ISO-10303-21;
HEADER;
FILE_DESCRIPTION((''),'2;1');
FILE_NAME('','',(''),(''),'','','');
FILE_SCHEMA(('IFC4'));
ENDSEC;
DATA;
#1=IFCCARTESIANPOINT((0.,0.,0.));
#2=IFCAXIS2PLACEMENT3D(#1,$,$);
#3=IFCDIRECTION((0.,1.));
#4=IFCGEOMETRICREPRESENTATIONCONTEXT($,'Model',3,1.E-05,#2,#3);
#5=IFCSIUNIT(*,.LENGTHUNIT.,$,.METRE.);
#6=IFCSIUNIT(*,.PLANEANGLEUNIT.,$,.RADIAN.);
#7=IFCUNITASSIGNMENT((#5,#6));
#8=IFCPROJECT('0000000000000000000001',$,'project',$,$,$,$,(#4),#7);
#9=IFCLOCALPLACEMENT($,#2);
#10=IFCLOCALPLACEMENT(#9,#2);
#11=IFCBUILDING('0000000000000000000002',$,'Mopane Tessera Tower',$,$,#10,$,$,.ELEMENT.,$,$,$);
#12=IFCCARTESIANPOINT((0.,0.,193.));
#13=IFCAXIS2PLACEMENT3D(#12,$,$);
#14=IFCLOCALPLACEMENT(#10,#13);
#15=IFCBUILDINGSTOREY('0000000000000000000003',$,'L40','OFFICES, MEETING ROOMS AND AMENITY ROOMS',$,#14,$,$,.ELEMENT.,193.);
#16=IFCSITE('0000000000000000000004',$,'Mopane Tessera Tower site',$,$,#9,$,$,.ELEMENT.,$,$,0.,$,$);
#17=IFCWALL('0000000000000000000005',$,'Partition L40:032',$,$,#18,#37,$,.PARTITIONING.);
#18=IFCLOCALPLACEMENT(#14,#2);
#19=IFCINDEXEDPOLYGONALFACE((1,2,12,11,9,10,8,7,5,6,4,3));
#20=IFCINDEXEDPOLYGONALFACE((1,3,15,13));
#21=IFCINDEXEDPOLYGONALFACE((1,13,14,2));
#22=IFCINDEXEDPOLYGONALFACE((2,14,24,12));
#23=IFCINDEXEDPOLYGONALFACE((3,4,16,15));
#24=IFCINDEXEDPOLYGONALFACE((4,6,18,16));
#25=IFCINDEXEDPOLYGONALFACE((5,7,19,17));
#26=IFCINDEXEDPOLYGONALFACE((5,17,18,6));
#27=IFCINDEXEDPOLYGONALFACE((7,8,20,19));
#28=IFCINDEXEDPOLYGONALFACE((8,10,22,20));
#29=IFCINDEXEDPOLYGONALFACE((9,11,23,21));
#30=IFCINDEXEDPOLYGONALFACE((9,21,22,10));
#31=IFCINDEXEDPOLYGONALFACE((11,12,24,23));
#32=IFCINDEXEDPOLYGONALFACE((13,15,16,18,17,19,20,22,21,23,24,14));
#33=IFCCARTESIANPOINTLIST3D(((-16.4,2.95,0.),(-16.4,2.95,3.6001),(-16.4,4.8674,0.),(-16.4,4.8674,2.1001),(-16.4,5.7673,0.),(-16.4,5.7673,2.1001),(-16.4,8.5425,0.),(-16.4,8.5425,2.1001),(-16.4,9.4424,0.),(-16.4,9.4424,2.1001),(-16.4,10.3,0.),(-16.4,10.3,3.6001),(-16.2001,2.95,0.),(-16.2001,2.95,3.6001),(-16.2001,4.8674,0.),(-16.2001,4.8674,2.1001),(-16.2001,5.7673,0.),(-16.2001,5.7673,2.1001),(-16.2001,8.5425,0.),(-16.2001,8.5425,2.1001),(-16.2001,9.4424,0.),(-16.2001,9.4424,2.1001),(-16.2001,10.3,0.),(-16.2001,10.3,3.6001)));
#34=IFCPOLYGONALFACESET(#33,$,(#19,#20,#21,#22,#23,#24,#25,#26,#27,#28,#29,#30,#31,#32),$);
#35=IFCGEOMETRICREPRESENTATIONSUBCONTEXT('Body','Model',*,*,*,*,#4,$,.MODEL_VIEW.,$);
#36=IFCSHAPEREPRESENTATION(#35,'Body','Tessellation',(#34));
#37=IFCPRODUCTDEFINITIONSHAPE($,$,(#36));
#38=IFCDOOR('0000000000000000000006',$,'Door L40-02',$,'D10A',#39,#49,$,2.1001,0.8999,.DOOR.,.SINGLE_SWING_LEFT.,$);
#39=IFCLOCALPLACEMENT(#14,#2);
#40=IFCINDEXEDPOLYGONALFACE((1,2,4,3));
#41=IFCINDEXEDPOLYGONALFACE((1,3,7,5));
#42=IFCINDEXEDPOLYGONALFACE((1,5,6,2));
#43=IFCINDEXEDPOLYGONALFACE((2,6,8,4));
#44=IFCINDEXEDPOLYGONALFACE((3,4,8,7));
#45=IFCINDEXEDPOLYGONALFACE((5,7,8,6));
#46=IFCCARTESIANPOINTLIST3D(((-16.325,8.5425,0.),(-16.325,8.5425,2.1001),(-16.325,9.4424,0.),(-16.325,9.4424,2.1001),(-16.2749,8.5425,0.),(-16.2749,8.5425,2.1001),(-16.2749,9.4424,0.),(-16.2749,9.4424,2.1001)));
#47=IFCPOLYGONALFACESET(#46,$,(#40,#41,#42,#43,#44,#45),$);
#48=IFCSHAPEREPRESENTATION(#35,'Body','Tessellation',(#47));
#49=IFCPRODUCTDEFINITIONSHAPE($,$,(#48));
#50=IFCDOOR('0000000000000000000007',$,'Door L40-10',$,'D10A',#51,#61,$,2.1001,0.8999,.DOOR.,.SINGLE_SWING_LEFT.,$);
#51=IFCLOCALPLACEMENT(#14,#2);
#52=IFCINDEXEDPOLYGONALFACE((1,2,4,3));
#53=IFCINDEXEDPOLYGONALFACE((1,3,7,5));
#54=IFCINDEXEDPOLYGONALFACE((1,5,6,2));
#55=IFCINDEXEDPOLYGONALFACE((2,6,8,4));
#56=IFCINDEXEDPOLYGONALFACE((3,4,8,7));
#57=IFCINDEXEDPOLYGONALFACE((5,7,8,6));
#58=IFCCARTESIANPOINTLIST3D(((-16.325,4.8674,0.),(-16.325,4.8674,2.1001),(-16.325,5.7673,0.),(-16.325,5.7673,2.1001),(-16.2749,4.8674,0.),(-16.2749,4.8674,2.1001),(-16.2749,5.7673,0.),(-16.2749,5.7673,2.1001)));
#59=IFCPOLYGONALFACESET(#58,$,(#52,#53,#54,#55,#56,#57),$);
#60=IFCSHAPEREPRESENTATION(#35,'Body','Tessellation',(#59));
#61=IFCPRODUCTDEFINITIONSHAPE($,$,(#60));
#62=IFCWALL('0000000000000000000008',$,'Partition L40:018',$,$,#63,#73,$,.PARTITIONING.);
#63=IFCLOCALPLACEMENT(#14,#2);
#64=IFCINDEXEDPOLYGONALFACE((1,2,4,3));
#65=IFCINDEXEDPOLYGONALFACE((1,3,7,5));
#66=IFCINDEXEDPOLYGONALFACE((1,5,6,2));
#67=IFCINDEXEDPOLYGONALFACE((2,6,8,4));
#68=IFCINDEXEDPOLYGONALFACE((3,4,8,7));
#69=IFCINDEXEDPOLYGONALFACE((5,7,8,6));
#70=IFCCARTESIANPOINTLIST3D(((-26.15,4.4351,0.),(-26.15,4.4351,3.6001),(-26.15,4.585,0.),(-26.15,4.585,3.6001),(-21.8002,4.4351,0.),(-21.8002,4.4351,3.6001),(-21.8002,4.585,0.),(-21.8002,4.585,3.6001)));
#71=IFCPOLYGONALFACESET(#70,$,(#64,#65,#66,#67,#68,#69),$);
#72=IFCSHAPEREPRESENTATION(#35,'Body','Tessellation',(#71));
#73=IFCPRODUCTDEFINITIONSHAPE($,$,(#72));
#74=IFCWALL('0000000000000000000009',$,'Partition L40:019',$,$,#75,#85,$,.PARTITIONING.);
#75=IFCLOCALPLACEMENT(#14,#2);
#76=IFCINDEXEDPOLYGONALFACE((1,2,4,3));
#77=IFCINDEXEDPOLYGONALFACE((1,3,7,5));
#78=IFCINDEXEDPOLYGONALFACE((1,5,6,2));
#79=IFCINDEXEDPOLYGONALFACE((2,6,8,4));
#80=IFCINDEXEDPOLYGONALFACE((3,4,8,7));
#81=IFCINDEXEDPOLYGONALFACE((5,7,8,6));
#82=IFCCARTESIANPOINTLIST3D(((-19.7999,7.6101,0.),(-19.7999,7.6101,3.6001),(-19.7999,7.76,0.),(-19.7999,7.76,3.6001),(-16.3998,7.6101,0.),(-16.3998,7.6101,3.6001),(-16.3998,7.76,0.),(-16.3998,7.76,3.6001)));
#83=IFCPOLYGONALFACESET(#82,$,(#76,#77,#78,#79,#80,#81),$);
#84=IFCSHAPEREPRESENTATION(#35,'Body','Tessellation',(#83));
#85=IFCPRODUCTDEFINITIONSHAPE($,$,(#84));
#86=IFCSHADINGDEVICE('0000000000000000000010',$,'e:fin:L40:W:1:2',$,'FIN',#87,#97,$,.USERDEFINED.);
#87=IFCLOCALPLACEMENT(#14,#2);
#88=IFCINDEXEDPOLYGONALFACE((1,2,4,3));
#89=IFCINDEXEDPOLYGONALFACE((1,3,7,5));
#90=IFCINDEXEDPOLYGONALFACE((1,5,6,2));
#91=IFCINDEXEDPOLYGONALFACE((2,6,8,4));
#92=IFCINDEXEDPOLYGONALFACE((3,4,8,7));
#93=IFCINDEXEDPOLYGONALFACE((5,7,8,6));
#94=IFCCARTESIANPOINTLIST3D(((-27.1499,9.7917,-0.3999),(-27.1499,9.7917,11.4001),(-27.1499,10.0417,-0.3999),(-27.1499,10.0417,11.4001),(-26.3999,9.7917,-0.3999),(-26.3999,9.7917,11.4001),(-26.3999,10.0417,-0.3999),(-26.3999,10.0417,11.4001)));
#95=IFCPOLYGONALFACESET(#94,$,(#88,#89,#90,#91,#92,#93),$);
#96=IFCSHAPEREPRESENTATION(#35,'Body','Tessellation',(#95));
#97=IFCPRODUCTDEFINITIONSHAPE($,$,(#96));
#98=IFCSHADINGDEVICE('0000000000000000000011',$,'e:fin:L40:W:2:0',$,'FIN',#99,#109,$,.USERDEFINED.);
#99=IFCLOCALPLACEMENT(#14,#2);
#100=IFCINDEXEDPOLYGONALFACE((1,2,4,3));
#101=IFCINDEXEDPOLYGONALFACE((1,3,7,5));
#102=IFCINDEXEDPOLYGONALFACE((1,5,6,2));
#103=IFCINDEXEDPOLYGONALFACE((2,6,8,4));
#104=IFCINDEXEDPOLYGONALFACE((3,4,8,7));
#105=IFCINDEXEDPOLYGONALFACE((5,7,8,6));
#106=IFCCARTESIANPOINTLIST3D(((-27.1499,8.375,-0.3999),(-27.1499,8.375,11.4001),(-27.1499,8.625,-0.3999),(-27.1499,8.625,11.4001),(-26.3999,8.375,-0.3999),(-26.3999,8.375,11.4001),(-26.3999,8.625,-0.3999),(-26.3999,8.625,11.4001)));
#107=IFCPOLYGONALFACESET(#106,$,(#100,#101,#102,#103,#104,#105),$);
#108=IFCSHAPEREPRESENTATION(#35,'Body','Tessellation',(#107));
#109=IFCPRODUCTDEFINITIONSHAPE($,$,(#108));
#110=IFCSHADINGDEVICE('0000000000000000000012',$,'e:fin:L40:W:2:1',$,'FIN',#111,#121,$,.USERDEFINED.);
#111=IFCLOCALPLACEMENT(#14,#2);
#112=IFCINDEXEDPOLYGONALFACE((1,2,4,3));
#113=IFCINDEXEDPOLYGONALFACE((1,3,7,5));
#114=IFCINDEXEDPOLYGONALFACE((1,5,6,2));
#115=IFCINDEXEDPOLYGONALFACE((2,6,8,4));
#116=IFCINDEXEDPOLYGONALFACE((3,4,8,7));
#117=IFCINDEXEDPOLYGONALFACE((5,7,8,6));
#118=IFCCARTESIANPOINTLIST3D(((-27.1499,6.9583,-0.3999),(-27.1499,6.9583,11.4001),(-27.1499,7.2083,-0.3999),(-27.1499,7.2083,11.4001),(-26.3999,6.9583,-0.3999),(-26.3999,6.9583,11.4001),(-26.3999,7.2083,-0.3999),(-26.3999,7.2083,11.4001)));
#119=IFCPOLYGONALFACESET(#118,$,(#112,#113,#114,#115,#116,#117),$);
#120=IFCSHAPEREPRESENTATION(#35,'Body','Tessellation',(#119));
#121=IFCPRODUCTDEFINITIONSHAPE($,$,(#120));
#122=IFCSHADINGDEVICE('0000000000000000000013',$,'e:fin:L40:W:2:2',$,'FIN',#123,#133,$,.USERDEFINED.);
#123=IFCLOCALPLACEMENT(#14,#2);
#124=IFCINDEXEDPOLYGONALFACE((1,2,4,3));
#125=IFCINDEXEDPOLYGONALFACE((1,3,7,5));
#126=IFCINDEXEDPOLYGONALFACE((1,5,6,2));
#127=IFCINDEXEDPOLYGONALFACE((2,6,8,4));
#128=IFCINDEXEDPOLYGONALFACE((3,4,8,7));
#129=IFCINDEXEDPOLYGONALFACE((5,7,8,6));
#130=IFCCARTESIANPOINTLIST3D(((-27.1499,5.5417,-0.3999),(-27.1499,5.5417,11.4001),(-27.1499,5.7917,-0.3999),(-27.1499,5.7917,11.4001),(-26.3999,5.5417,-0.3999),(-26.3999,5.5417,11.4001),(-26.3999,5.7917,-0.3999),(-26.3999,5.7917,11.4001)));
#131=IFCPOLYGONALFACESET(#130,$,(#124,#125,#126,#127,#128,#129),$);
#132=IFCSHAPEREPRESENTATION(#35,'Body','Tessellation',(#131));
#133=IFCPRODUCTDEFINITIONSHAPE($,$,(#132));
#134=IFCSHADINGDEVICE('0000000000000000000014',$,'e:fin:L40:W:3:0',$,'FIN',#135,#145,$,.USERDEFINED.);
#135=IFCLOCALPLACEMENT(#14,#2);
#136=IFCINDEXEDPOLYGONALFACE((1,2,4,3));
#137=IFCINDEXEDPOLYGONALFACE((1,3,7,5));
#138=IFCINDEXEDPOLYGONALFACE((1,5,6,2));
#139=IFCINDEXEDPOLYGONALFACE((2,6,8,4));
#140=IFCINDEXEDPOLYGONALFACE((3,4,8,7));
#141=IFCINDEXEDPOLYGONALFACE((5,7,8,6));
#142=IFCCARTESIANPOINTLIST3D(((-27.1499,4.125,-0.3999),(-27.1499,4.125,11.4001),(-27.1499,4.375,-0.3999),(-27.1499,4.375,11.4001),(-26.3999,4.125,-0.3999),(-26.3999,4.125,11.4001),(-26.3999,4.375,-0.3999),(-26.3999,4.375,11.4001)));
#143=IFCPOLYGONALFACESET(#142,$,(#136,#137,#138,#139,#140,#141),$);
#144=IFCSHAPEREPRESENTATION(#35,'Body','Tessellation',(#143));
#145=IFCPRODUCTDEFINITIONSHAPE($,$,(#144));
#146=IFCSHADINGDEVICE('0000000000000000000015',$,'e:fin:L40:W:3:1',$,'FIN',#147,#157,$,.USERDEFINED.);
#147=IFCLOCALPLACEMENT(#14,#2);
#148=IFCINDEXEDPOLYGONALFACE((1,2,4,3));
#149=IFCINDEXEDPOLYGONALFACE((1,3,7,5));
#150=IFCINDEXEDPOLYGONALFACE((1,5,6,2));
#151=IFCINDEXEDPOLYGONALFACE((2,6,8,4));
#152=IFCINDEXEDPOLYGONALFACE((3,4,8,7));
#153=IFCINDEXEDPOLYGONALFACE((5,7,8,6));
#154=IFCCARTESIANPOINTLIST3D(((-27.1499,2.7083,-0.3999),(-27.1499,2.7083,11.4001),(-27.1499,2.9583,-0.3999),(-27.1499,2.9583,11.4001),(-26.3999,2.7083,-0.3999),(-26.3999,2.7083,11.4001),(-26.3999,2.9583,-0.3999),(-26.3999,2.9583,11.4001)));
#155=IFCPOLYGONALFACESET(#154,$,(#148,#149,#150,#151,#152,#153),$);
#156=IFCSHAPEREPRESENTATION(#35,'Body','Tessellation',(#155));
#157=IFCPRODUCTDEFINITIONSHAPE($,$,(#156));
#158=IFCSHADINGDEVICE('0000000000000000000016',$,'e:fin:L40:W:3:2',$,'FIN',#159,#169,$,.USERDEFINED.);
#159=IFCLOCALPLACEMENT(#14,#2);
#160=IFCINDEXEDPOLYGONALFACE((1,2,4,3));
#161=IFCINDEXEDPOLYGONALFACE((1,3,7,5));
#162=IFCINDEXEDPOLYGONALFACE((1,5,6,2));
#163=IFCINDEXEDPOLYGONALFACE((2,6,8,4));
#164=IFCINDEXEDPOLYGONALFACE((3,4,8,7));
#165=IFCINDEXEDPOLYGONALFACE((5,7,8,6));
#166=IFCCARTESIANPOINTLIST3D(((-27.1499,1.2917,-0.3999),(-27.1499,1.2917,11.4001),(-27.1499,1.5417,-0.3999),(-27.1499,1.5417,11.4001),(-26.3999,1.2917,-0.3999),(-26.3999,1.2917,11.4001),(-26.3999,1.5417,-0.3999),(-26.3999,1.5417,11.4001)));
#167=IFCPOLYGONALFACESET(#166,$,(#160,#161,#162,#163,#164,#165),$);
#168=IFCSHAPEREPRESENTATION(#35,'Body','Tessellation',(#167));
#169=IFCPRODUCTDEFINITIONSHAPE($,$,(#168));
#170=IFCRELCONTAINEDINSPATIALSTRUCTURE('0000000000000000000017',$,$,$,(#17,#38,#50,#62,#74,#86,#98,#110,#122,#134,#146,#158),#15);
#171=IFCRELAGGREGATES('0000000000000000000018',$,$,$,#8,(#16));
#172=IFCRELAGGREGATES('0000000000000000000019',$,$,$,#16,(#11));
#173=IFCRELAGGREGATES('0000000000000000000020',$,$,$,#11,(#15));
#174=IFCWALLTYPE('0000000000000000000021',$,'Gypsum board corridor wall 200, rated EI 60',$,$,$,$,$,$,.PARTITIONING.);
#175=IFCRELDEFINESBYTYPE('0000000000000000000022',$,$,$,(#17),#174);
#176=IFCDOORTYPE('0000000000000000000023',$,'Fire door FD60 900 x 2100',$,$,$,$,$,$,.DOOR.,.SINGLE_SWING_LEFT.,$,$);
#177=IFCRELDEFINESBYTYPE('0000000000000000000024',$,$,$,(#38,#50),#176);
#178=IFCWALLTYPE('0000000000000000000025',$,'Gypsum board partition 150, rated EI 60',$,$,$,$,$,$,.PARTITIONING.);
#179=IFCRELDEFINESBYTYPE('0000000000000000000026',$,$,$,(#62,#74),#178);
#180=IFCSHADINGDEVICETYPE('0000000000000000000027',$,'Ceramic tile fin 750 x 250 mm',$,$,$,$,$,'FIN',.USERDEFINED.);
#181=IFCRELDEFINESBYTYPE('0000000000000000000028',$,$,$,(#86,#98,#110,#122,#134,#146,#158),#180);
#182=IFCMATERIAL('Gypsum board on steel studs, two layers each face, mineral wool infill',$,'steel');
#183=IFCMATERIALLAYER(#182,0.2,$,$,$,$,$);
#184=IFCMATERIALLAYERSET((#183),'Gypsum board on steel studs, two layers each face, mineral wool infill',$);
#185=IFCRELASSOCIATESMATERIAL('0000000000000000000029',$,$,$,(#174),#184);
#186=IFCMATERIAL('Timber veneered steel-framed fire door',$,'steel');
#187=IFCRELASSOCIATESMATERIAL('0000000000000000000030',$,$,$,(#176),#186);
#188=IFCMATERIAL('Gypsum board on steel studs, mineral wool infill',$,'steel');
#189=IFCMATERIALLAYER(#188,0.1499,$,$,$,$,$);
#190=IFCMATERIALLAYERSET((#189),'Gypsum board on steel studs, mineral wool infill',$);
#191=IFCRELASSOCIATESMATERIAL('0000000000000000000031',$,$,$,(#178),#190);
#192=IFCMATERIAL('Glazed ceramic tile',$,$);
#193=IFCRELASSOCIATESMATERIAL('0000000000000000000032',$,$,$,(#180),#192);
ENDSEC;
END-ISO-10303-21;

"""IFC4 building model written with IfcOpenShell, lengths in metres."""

from ifc_helpers import new_model, si_unit, direction, frame, frame_2d, origin, origin_2d, place, context, subcontext, project, spatial, rectangle, extrude, material, layer, layer_set, type_object, element, fill, save


model = new_model("IFC4")

# Units and contexts
model_context = context("Model", 3, precision=1e-05, world=origin(), true_north=direction((0.0, 1.0)))
body_context = subcontext(model_context, "Body", "Model", "MODEL_VIEW")
ifc_project = project(units=[si_unit("LENGTHUNIT", "METRE"), si_unit("PLANEANGLEUNIT", "RADIAN")], contexts=[model_context])

# Site, building, storey
site_placement = place(None, origin())
site = spatial("IfcSite", under=ifc_project, at=site_placement, Name="Mopane Tessera Tower site", CompositionType="ELEMENT", RefElevation=0.0)
building_placement = place(site_placement, origin())
building = spatial("IfcBuilding", under=site, at=building_placement, Name="Mopane Tessera Tower", CompositionType="ELEMENT")
storey_placement = place(building_placement, frame((0.0, 0.0, 193.0)))
storey = spatial("IfcBuildingStorey", under=building, at=storey_placement, Name="L40", Description="OFFICES, MEETING ROOMS AND AMENITY ROOMS", CompositionType="ELEMENT", Elevation=193.0)

# Shared definitions
ifc_material_1 = material(Name="Gypsum board on steel studs, two layers each face, mineral wool infill", Category="steel")
ifc_layer_1 = layer(ifc_material_1, 0.2)
ifc_layer_set_1 = layer_set([ifc_layer_1], Name="Gypsum board on steel studs, two layers each face, mineral wool infill")
wall_type_1 = type_object("IfcWallType", Name="Gypsum board corridor wall 200, rated EI 60", PredefinedType="PARTITIONING", material=ifc_layer_set_1)

# Wall, openings, doors
wall_1_placement = place(storey_placement, frame((-16.3, 2.95, 0.0), z_axis=(0.0, 0.0, 1.0), x_axis=(0.0, 1.0, 0.0)))
wall_1 = element("IfcWall", 1, at=wall_1_placement, inside=storey, type_object=wall_type_1, Name="Partition L40:032", PredefinedType="PARTITIONING", context=body_context, shape_type="SweptSolid", body=[
    extrude(rectangle(XDim=7.3501, YDim=0.2, at=frame_2d((3.675, 0.0))), origin(), (0.0, 0.0, 1.0), 3.6001),
])
opening_1_placement = place(wall_1_placement, frame((5.5925, 0.0, 0.0)))
opening_1 = element("IfcOpeningElement", 2, at=opening_1_placement, cuts=wall_1, PredefinedType="OPENING", context=body_context, shape_type="SweptSolid", body=[
    extrude(rectangle(XDim=0.8999, YDim=2.1001, at=frame_2d((0.45, 1.05))), frame((0.0, 0.1121, 0.0), z_axis=(0.0, -1.0, 0.0), x_axis=(1.0, 0.0, 0.0)), (0.0, 0.0, 1.0), 0.2239),
])
opening_2_placement = place(wall_1_placement, frame((1.9175, 0.0, 0.0)))
opening_2 = element("IfcOpeningElement", 3, at=opening_2_placement, cuts=wall_1, PredefinedType="OPENING", context=body_context, shape_type="SweptSolid", body=[
    extrude(rectangle(XDim=0.8999, YDim=2.1001, at=frame_2d((0.45, 1.05))), frame((0.0, 0.1121, 0.0), z_axis=(0.0, -1.0, 0.0), x_axis=(1.0, 0.0, 0.0)), (0.0, 0.0, 1.0), 0.2239),
])
ifc_material_2 = material(Name="Timber veneered steel-framed fire door", Category="steel")
door_type_1 = type_object("IfcDoorType", Name="Fire door FD60 900 x 2100", OperationType="SINGLE_SWING_LEFT", PredefinedType="DOOR", material=ifc_material_2)
door_1_placement = place(opening_1_placement, origin())
door_1 = element("IfcDoor", 4, at=door_1_placement, inside=storey, type_object=door_type_1, Name="Door L40-02", ObjectType="D10A", OperationType="SINGLE_SWING_LEFT", OverallHeight=2.1001, OverallWidth=0.8999, PredefinedType="DOOR", context=body_context, shape_type="SweptSolid", body=[
    extrude(rectangle(XDim=0.8999, YDim=2.1001, at=frame_2d((0.45, 1.05))), frame((0.0, 0.0249, 0.0), z_axis=(0.0, -1.0, 0.0), x_axis=(1.0, 0.0, 0.0)), (0.0, 0.0, 1.0), 0.05),
])
fill(opening_1, door_1)
door_2_placement = place(opening_2_placement, origin())
door_2 = element("IfcDoor", 5, at=door_2_placement, inside=storey, type_object=door_type_1, Name="Door L40-10", ObjectType="D10A", OperationType="SINGLE_SWING_LEFT", OverallHeight=2.1001, OverallWidth=0.8999, PredefinedType="DOOR", context=body_context, shape_type="SweptSolid", body=[
    extrude(rectangle(XDim=0.8999, YDim=2.1001, at=frame_2d((0.45, 1.05))), frame((0.0, 0.0249, 0.0), z_axis=(0.0, -1.0, 0.0), x_axis=(1.0, 0.0, 0.0)), (0.0, 0.0, 1.0), 0.05),
])
fill(opening_2, door_2)

# Walls
ifc_material_3 = material(Name="Gypsum board on steel studs, mineral wool infill", Category="steel")
ifc_layer_2 = layer(ifc_material_3, 0.1499)
ifc_layer_set_2 = layer_set([ifc_layer_2], Name="Gypsum board on steel studs, mineral wool infill")
wall_type_2 = type_object("IfcWallType", Name="Gypsum board partition 150, rated EI 60", PredefinedType="PARTITIONING", material=ifc_layer_set_2)
wall_2_placement = place(storey_placement, frame((-26.1499, 4.51, 0.0), z_axis=(0.0, 0.0, 1.0), x_axis=(1.0, 0.0, 0.0)))
element("IfcWall", 6, at=wall_2_placement, inside=storey, type_object=wall_type_2, Name="Partition L40:018", PredefinedType="PARTITIONING", context=body_context, shape_type="SweptSolid", body=[
    extrude(rectangle(XDim=4.3499, YDim=0.1499, at=frame_2d((2.1748, 0.0))), origin(), (0.0, 0.0, 1.0), 3.6001),
])
wall_3_placement = place(storey_placement, frame((-19.8, 7.6851, 0.0), z_axis=(0.0, 0.0, 1.0), x_axis=(1.0, 0.0, 0.0)))
element("IfcWall", 7, at=wall_3_placement, inside=storey, type_object=wall_type_2, Name="Partition L40:019", PredefinedType="PARTITIONING", context=body_context, shape_type="SweptSolid", body=[
    extrude(rectangle(XDim=3.4001, YDim=0.1499, at=frame_2d((1.7002, 0.0))), origin(), (0.0, 0.0, 1.0), 3.6001),
])

# Shading devices
ifc_material_4 = material(Name="Glazed ceramic tile")
shading_device_type = type_object("IfcShadingDeviceType", Name="Ceramic tile fin 750 x 250 mm", ElementType="FIN", PredefinedType="USERDEFINED", material=ifc_material_4)
for number, where, z_axis, x_axis, name in (
    (8, (-26.7749, 9.9167, -0.3999), (0.0, 0.0, 1.0), (0.0, -1.0, 0.0), "e:fin:L40:W:1:2"),
    (9, (-26.7749, 8.5, -0.3999), (0.0, 0.0, 1.0), (0.0, -1.0, 0.0), "e:fin:L40:W:2:0"),
    (10, (-26.7749, 7.0833, -0.3999), (0.0, 0.0, 1.0), (0.0, -1.0, 0.0), "e:fin:L40:W:2:1"),
    (11, (-26.7749, 5.6667, -0.3999), (0.0, 0.0, 1.0), (0.0, -1.0, 0.0), "e:fin:L40:W:2:2"),
    (12, (-26.7749, 4.25, -0.3999), (0.0, 0.0, 1.0), (0.0, -1.0, 0.0), "e:fin:L40:W:3:0"),
    (13, (-26.7749, 2.8333, -0.3999), (0.0, 0.0, 1.0), (0.0, -1.0, 0.0), "e:fin:L40:W:3:1"),
    (14, (-26.7749, 1.4167, -0.3999), (0.0, 0.0, 1.0), (0.0, -1.0, 0.0), "e:fin:L40:W:3:2"),
):
    element("IfcShadingDevice", number, at=place(storey_placement, frame(where, z_axis=z_axis, x_axis=x_axis)), inside=storey, type_object=shading_device_type, Name=name, ObjectType="FIN", PredefinedType="USERDEFINED", context=body_context, shape_type="SweptSolid", body=[
        extrude(rectangle(XDim=0.25, YDim=0.75, at=origin_2d()), origin(), (0.0, 0.0, 1.0), 11.8),
    ])

save(model, "model.ifc")
